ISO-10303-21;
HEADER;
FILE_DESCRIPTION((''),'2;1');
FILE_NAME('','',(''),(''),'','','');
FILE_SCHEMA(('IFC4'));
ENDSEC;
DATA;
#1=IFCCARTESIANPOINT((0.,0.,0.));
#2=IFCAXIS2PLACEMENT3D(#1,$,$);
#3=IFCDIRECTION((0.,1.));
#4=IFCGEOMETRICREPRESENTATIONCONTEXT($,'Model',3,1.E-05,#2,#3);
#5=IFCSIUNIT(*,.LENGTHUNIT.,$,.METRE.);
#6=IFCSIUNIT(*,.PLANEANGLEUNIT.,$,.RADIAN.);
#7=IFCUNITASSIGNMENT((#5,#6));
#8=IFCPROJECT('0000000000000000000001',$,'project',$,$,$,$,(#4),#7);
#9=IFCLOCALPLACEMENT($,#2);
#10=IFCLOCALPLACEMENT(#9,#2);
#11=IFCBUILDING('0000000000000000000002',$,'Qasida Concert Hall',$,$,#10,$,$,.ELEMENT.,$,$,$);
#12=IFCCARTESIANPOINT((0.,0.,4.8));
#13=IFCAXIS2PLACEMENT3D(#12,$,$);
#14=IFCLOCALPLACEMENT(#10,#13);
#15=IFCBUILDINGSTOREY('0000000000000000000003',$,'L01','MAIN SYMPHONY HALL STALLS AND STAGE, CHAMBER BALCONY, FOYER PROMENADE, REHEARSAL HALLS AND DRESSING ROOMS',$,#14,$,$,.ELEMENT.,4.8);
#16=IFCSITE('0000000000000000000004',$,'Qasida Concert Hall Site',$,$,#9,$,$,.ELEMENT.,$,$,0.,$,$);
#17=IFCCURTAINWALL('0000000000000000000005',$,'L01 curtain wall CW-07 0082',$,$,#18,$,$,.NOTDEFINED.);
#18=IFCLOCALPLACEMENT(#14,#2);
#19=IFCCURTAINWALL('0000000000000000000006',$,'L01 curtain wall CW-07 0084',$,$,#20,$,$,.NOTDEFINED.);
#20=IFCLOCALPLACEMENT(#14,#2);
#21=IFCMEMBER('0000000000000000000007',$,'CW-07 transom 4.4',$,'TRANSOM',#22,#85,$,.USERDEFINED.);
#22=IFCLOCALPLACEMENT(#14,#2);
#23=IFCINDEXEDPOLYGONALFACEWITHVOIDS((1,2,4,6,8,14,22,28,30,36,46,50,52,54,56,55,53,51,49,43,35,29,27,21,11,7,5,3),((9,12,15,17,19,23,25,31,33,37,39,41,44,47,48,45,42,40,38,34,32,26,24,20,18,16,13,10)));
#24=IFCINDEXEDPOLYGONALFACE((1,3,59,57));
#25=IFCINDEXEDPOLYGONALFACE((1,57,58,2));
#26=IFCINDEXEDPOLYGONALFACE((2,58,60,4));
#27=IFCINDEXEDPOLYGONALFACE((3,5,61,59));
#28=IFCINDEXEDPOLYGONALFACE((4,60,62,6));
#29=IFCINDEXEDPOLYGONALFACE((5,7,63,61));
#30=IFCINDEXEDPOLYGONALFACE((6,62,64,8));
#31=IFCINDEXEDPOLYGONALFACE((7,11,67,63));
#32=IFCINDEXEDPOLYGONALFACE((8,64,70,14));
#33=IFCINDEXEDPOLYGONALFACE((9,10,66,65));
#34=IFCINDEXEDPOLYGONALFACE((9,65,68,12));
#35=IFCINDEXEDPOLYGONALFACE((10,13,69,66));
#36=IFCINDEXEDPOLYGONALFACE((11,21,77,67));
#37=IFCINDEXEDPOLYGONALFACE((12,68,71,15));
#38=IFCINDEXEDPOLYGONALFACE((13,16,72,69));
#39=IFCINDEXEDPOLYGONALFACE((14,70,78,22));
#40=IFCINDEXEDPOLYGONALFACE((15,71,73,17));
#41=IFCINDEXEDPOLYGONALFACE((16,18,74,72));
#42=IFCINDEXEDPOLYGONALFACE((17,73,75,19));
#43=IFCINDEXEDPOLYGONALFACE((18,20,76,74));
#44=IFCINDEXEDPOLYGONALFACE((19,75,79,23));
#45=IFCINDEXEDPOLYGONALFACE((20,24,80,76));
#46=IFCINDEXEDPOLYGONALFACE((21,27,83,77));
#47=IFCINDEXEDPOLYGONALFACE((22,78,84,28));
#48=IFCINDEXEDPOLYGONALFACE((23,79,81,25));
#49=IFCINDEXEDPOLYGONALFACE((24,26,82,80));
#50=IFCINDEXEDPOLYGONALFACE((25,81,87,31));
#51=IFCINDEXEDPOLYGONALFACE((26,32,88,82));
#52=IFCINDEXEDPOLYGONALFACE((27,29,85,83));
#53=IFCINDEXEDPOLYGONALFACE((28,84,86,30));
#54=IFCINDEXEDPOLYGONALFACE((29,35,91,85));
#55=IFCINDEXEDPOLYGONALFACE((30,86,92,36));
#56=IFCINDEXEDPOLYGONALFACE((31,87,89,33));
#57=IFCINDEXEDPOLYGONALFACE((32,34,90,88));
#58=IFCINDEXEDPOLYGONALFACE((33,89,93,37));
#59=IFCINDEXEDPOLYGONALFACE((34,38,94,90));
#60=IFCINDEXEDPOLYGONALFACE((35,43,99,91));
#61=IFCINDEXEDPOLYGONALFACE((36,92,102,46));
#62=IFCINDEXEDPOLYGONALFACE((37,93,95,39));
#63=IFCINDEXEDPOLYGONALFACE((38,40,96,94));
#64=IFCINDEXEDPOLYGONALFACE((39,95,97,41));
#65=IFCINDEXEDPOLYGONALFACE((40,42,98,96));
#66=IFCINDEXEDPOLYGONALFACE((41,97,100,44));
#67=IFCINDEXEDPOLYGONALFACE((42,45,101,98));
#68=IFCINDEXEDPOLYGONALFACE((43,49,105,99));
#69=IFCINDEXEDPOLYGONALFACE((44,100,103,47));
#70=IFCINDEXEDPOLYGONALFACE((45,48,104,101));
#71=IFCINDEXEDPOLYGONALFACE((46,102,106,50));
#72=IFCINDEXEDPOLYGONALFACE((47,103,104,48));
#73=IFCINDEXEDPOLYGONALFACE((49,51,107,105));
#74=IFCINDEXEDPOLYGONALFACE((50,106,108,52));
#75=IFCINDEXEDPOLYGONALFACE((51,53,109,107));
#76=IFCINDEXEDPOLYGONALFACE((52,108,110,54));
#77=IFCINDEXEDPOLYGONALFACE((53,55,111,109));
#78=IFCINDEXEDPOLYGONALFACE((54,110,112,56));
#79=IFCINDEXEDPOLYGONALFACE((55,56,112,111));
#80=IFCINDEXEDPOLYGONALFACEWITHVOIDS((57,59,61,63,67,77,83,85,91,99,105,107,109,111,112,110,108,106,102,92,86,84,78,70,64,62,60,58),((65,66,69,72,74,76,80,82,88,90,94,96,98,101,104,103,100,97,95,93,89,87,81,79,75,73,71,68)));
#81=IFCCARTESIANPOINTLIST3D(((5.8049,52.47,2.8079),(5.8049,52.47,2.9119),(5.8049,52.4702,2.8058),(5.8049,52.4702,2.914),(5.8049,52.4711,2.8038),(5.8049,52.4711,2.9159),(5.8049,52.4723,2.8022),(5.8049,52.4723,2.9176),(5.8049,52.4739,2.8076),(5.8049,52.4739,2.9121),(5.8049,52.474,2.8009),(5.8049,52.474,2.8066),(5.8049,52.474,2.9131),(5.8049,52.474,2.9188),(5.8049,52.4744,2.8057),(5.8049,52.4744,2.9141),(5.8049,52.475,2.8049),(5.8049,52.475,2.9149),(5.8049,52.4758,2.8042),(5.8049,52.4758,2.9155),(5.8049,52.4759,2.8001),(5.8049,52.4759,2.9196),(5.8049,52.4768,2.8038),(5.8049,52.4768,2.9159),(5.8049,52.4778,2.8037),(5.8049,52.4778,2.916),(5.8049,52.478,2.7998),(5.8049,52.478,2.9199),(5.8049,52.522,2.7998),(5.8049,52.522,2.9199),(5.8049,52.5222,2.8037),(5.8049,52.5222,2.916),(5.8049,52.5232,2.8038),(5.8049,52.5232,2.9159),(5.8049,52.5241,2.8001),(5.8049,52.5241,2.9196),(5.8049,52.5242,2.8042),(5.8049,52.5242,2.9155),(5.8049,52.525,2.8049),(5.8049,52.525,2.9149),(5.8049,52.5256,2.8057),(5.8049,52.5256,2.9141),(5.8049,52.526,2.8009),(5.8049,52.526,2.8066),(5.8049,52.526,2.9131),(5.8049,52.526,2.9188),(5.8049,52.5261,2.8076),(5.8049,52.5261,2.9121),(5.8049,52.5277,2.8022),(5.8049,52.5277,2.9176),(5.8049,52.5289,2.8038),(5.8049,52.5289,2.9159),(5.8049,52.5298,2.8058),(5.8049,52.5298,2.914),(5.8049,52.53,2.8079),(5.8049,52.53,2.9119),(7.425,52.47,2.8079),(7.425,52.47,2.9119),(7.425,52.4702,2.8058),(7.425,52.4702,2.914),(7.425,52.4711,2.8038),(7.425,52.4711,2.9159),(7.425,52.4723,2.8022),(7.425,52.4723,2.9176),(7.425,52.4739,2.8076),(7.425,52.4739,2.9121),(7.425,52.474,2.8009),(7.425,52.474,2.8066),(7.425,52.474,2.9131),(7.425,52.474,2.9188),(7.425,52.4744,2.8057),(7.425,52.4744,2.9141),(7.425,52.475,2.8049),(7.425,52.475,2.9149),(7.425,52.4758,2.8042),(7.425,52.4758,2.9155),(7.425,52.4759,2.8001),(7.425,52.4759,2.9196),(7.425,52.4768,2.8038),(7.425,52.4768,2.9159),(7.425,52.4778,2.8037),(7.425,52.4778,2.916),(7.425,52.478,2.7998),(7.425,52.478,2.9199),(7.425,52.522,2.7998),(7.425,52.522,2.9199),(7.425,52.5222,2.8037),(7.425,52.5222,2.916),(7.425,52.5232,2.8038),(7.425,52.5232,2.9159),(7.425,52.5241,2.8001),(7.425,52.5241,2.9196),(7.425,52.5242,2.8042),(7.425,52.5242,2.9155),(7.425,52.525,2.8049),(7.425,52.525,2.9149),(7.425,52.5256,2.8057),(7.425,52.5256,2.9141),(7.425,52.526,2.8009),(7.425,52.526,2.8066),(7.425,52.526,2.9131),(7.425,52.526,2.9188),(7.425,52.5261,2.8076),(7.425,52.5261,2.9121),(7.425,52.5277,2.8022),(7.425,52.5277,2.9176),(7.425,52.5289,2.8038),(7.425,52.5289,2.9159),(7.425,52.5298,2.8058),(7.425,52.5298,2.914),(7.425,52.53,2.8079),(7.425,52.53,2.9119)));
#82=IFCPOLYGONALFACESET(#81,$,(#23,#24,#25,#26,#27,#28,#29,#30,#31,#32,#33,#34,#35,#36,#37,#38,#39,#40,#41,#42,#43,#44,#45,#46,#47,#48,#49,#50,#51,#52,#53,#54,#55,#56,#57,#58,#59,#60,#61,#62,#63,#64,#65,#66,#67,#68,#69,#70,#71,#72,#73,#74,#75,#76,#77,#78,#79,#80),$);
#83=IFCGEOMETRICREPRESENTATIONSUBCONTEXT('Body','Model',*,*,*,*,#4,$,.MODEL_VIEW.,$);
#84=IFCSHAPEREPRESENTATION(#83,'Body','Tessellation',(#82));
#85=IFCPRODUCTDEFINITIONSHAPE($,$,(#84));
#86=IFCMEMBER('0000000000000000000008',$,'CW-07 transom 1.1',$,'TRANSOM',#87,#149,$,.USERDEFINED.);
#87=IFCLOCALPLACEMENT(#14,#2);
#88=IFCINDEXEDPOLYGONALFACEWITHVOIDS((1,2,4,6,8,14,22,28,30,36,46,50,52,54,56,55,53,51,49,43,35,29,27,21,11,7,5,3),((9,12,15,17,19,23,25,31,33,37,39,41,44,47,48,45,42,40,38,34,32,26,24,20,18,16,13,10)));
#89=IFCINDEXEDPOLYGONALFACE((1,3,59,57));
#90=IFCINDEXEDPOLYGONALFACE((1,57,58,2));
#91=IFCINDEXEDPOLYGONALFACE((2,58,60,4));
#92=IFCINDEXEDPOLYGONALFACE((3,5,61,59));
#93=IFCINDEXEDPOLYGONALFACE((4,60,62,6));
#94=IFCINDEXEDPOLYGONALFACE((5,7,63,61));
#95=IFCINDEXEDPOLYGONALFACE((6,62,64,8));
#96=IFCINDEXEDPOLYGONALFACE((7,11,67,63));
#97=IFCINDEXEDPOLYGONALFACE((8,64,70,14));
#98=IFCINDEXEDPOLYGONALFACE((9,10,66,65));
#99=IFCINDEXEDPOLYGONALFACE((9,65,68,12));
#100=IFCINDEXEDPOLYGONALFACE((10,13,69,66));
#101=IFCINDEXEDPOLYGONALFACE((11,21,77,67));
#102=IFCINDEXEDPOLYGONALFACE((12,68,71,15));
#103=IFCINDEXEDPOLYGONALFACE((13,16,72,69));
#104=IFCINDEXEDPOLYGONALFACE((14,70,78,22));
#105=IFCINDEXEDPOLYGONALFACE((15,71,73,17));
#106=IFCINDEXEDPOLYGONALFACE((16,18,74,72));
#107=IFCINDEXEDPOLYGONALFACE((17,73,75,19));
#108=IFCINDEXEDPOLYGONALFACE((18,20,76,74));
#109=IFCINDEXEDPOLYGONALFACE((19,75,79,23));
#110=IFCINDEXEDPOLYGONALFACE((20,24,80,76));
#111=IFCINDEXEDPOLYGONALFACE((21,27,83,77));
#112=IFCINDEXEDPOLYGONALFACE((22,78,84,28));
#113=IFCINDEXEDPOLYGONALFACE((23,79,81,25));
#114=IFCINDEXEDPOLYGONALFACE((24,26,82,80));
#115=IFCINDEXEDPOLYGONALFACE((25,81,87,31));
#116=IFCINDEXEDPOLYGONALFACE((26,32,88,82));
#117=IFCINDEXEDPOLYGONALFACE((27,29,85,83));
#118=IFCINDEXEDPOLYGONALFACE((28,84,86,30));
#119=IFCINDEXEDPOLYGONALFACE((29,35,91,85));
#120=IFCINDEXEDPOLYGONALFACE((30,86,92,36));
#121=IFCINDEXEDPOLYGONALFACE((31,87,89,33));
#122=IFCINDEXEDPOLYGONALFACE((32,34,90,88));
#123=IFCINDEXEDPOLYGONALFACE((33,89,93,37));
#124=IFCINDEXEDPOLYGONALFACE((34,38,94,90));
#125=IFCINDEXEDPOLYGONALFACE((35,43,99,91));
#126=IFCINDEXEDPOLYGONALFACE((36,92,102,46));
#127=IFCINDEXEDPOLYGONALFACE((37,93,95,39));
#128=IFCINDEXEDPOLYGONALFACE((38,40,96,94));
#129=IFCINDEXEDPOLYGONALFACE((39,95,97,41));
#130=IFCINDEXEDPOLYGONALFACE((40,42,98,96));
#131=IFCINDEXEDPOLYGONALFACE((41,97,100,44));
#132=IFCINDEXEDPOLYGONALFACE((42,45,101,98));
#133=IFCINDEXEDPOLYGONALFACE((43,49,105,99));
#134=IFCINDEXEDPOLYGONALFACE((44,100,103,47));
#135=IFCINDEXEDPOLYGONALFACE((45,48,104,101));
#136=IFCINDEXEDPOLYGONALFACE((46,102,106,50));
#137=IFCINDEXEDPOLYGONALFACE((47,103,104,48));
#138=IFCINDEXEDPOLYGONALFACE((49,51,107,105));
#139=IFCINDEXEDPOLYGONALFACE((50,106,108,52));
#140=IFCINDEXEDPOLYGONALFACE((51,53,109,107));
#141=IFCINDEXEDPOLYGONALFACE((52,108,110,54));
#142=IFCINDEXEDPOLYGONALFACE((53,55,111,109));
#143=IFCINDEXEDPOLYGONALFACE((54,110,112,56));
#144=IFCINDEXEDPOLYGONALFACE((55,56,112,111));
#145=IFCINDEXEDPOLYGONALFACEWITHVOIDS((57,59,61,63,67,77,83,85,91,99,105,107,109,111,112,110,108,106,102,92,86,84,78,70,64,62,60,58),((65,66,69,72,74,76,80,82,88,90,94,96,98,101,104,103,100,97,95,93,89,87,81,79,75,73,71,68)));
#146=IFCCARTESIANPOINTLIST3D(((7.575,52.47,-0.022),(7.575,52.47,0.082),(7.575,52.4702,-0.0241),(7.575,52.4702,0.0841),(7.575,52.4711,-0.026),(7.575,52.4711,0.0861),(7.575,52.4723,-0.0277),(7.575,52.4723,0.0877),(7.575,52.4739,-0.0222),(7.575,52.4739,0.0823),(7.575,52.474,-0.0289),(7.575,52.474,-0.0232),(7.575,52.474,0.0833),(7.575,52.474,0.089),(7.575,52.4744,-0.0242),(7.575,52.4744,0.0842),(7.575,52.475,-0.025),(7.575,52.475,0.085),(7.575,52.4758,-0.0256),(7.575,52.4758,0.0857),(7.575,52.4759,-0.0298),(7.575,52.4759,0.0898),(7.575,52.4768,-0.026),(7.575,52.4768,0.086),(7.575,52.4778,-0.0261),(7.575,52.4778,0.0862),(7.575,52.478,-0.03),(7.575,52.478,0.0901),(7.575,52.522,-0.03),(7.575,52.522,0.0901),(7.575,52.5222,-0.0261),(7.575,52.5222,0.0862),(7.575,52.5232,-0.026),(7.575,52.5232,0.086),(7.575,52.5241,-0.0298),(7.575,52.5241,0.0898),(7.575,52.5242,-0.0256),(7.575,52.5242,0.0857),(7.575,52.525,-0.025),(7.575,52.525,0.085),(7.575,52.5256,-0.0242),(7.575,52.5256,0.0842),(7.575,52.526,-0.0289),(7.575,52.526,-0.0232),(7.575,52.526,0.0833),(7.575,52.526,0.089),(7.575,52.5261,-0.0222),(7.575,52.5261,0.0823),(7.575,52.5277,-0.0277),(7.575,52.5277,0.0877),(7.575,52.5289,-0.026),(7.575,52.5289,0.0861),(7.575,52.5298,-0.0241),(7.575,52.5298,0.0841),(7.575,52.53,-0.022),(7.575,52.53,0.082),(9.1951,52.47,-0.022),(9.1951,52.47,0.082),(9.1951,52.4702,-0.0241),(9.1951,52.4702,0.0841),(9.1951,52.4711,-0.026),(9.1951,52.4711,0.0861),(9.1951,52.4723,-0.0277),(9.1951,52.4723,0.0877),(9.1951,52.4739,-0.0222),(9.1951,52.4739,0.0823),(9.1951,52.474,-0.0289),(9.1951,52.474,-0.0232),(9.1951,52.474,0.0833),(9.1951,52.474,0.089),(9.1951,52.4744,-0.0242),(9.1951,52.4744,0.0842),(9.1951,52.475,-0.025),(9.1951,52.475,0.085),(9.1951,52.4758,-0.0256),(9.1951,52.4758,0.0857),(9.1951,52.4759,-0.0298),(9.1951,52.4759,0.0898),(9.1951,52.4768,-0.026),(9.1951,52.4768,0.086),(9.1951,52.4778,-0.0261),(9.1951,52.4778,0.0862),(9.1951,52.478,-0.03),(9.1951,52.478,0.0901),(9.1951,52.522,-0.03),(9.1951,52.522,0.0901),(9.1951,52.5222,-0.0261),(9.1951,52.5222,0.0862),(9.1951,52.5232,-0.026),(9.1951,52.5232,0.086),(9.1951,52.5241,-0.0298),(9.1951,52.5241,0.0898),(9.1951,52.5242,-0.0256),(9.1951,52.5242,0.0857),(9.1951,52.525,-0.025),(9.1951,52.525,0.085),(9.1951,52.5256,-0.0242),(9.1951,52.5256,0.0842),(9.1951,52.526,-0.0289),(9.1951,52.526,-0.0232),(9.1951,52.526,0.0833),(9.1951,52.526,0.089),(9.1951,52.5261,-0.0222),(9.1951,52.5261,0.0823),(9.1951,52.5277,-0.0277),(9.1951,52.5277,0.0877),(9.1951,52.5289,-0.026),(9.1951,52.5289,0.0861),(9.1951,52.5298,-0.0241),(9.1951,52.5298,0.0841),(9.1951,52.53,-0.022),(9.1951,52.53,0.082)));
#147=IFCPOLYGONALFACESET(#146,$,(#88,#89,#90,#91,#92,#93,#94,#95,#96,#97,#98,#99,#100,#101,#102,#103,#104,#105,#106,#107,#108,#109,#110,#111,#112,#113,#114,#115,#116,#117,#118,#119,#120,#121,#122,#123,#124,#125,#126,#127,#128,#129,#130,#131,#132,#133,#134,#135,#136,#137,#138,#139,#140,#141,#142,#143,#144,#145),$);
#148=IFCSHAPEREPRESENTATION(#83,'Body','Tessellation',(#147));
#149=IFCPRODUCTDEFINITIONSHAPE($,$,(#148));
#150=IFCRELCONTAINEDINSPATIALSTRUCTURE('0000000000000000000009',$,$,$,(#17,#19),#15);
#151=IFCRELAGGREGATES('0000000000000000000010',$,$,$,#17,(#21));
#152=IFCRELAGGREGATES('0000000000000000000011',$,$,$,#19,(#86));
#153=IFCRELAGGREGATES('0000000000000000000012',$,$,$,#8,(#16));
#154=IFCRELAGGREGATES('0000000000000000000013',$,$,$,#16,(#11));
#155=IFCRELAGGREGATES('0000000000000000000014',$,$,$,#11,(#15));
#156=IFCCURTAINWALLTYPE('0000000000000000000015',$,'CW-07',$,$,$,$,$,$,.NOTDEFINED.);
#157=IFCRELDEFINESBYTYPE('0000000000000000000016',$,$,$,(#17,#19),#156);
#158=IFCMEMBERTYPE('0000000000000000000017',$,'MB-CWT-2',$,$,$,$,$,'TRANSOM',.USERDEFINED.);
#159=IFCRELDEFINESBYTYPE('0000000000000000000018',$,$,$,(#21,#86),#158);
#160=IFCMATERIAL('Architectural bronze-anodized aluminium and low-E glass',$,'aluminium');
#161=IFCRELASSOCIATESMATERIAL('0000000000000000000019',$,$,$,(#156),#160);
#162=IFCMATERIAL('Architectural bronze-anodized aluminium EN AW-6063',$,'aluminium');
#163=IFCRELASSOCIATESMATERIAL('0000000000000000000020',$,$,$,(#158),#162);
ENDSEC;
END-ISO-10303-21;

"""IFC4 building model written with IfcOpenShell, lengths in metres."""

from ifc_helpers import new_model, si_unit, direction, frame, origin, origin_2d, place, context, subcontext, project, spatial, hollow_rectangle, extrude, material, material_profile, profile_set, type_object, element, aggregate, save


model = new_model("IFC4")

# Units and contexts
model_context = context("Model", 3, precision=1e-05, world=origin(), true_north=direction((0.0, 1.0)))
body_context = subcontext(model_context, "Body", "Model", "MODEL_VIEW")
ifc_project = project(units=[si_unit("LENGTHUNIT", "METRE"), si_unit("PLANEANGLEUNIT", "RADIAN")], contexts=[model_context])

# Site, building, storey
site_placement = place(None, origin())
site = spatial("IfcSite", under=ifc_project, at=site_placement, Name="Qasida Concert Hall Site", CompositionType="ELEMENT", RefElevation=0.0)
building_placement = place(site_placement, origin())
building = spatial("IfcBuilding", under=site, at=building_placement, Name="Qasida Concert Hall", CompositionType="ELEMENT")
storey_placement = place(building_placement, frame((0.0, 0.0, 4.8)))
storey = spatial("IfcBuildingStorey", under=building, at=storey_placement, Name="L01", Description="MAIN SYMPHONY HALL STALLS AND STAGE, CHAMBER BALCONY, FOYER PROMENADE, REHEARSAL HALLS AND DRESSING ROOMS", CompositionType="ELEMENT", Elevation=4.8)

# Curtain wall
ifc_material_1 = material(Name="Architectural bronze-anodized aluminium and low-E glass", Category="aluminium")
curtain_wall_type = type_object("IfcCurtainWallType", Name="CW-07", PredefinedType="NOTDEFINED", material=ifc_material_1)
curtain_wall_1_placement = place(storey_placement, origin())
curtain_wall_1 = element("IfcCurtainWall", 1, at=curtain_wall_1_placement, inside=storey, type_object=curtain_wall_type, Name="L01 curtain wall CW-07 0082", PredefinedType="NOTDEFINED")
ifc_material_2 = material(Name="Architectural bronze-anodized aluminium EN AW-6063", Category="aluminium")

# Curtain wall
curtain_wall_2_placement = place(storey_placement, origin())
curtain_wall_2 = element("IfcCurtainWall", 2, at=curtain_wall_2_placement, inside=storey, type_object=curtain_wall_type, Name="L01 curtain wall CW-07 0084", PredefinedType="NOTDEFINED")

# Members
ifc_material_profile_1 = material_profile(ifc_material_2, hollow_rectangle(XDim=0.0601, YDim=0.1201, WallThickness=0.0039, InnerFilletRadius=0.0039, OuterFilletRadius=0.0081, at=origin_2d()), Name="CWT 120x60x4")
ifc_profile_set_1 = profile_set([ifc_material_profile_1], Name="Architectural bronze-anodized aluminium EN AW-6063")
member_type_1 = type_object("IfcMemberType", Name="MB-CWT-2", ElementType="TRANSOM", PredefinedType="USERDEFINED", material=ifc_profile_set_1)
member_1_placement = place(storey_placement, frame((5.8049, 52.5, 2.8599), z_axis=(1.0, 0.0, 0.0), x_axis=(0.0, 1.0, 0.0)))
member_1 = element("IfcMember", 3, at=member_1_placement, type_object=member_type_1, Name="CW-07 transom 4.4", ObjectType="TRANSOM", PredefinedType="USERDEFINED", context=body_context, shape_type="SweptSolid", body=[
    extrude(hollow_rectangle(XDim=0.0601, YDim=0.1201, WallThickness=0.0039, InnerFilletRadius=0.0039, OuterFilletRadius=0.0081, at=origin_2d()), origin(), (0.0, 0.0, 1.0), 1.6201),
])
member_2_placement = place(storey_placement, frame((7.575, 52.5, 0.03), z_axis=(1.0, 0.0, 0.0), x_axis=(0.0, 1.0, 0.0)))
member_2 = element("IfcMember", 4, at=member_2_placement, type_object=member_type_1, Name="CW-07 transom 1.1", ObjectType="TRANSOM", PredefinedType="USERDEFINED", context=body_context, shape_type="SweptSolid", body=[
    extrude(hollow_rectangle(XDim=0.0601, YDim=0.1201, WallThickness=0.0039, InnerFilletRadius=0.0039, OuterFilletRadius=0.0081, at=origin_2d()), origin(), (0.0, 0.0, 1.0), 1.6201),
])

aggregate(curtain_wall_1, [member_1])
aggregate(curtain_wall_2, [member_2])

save(model, "model.ifc")
